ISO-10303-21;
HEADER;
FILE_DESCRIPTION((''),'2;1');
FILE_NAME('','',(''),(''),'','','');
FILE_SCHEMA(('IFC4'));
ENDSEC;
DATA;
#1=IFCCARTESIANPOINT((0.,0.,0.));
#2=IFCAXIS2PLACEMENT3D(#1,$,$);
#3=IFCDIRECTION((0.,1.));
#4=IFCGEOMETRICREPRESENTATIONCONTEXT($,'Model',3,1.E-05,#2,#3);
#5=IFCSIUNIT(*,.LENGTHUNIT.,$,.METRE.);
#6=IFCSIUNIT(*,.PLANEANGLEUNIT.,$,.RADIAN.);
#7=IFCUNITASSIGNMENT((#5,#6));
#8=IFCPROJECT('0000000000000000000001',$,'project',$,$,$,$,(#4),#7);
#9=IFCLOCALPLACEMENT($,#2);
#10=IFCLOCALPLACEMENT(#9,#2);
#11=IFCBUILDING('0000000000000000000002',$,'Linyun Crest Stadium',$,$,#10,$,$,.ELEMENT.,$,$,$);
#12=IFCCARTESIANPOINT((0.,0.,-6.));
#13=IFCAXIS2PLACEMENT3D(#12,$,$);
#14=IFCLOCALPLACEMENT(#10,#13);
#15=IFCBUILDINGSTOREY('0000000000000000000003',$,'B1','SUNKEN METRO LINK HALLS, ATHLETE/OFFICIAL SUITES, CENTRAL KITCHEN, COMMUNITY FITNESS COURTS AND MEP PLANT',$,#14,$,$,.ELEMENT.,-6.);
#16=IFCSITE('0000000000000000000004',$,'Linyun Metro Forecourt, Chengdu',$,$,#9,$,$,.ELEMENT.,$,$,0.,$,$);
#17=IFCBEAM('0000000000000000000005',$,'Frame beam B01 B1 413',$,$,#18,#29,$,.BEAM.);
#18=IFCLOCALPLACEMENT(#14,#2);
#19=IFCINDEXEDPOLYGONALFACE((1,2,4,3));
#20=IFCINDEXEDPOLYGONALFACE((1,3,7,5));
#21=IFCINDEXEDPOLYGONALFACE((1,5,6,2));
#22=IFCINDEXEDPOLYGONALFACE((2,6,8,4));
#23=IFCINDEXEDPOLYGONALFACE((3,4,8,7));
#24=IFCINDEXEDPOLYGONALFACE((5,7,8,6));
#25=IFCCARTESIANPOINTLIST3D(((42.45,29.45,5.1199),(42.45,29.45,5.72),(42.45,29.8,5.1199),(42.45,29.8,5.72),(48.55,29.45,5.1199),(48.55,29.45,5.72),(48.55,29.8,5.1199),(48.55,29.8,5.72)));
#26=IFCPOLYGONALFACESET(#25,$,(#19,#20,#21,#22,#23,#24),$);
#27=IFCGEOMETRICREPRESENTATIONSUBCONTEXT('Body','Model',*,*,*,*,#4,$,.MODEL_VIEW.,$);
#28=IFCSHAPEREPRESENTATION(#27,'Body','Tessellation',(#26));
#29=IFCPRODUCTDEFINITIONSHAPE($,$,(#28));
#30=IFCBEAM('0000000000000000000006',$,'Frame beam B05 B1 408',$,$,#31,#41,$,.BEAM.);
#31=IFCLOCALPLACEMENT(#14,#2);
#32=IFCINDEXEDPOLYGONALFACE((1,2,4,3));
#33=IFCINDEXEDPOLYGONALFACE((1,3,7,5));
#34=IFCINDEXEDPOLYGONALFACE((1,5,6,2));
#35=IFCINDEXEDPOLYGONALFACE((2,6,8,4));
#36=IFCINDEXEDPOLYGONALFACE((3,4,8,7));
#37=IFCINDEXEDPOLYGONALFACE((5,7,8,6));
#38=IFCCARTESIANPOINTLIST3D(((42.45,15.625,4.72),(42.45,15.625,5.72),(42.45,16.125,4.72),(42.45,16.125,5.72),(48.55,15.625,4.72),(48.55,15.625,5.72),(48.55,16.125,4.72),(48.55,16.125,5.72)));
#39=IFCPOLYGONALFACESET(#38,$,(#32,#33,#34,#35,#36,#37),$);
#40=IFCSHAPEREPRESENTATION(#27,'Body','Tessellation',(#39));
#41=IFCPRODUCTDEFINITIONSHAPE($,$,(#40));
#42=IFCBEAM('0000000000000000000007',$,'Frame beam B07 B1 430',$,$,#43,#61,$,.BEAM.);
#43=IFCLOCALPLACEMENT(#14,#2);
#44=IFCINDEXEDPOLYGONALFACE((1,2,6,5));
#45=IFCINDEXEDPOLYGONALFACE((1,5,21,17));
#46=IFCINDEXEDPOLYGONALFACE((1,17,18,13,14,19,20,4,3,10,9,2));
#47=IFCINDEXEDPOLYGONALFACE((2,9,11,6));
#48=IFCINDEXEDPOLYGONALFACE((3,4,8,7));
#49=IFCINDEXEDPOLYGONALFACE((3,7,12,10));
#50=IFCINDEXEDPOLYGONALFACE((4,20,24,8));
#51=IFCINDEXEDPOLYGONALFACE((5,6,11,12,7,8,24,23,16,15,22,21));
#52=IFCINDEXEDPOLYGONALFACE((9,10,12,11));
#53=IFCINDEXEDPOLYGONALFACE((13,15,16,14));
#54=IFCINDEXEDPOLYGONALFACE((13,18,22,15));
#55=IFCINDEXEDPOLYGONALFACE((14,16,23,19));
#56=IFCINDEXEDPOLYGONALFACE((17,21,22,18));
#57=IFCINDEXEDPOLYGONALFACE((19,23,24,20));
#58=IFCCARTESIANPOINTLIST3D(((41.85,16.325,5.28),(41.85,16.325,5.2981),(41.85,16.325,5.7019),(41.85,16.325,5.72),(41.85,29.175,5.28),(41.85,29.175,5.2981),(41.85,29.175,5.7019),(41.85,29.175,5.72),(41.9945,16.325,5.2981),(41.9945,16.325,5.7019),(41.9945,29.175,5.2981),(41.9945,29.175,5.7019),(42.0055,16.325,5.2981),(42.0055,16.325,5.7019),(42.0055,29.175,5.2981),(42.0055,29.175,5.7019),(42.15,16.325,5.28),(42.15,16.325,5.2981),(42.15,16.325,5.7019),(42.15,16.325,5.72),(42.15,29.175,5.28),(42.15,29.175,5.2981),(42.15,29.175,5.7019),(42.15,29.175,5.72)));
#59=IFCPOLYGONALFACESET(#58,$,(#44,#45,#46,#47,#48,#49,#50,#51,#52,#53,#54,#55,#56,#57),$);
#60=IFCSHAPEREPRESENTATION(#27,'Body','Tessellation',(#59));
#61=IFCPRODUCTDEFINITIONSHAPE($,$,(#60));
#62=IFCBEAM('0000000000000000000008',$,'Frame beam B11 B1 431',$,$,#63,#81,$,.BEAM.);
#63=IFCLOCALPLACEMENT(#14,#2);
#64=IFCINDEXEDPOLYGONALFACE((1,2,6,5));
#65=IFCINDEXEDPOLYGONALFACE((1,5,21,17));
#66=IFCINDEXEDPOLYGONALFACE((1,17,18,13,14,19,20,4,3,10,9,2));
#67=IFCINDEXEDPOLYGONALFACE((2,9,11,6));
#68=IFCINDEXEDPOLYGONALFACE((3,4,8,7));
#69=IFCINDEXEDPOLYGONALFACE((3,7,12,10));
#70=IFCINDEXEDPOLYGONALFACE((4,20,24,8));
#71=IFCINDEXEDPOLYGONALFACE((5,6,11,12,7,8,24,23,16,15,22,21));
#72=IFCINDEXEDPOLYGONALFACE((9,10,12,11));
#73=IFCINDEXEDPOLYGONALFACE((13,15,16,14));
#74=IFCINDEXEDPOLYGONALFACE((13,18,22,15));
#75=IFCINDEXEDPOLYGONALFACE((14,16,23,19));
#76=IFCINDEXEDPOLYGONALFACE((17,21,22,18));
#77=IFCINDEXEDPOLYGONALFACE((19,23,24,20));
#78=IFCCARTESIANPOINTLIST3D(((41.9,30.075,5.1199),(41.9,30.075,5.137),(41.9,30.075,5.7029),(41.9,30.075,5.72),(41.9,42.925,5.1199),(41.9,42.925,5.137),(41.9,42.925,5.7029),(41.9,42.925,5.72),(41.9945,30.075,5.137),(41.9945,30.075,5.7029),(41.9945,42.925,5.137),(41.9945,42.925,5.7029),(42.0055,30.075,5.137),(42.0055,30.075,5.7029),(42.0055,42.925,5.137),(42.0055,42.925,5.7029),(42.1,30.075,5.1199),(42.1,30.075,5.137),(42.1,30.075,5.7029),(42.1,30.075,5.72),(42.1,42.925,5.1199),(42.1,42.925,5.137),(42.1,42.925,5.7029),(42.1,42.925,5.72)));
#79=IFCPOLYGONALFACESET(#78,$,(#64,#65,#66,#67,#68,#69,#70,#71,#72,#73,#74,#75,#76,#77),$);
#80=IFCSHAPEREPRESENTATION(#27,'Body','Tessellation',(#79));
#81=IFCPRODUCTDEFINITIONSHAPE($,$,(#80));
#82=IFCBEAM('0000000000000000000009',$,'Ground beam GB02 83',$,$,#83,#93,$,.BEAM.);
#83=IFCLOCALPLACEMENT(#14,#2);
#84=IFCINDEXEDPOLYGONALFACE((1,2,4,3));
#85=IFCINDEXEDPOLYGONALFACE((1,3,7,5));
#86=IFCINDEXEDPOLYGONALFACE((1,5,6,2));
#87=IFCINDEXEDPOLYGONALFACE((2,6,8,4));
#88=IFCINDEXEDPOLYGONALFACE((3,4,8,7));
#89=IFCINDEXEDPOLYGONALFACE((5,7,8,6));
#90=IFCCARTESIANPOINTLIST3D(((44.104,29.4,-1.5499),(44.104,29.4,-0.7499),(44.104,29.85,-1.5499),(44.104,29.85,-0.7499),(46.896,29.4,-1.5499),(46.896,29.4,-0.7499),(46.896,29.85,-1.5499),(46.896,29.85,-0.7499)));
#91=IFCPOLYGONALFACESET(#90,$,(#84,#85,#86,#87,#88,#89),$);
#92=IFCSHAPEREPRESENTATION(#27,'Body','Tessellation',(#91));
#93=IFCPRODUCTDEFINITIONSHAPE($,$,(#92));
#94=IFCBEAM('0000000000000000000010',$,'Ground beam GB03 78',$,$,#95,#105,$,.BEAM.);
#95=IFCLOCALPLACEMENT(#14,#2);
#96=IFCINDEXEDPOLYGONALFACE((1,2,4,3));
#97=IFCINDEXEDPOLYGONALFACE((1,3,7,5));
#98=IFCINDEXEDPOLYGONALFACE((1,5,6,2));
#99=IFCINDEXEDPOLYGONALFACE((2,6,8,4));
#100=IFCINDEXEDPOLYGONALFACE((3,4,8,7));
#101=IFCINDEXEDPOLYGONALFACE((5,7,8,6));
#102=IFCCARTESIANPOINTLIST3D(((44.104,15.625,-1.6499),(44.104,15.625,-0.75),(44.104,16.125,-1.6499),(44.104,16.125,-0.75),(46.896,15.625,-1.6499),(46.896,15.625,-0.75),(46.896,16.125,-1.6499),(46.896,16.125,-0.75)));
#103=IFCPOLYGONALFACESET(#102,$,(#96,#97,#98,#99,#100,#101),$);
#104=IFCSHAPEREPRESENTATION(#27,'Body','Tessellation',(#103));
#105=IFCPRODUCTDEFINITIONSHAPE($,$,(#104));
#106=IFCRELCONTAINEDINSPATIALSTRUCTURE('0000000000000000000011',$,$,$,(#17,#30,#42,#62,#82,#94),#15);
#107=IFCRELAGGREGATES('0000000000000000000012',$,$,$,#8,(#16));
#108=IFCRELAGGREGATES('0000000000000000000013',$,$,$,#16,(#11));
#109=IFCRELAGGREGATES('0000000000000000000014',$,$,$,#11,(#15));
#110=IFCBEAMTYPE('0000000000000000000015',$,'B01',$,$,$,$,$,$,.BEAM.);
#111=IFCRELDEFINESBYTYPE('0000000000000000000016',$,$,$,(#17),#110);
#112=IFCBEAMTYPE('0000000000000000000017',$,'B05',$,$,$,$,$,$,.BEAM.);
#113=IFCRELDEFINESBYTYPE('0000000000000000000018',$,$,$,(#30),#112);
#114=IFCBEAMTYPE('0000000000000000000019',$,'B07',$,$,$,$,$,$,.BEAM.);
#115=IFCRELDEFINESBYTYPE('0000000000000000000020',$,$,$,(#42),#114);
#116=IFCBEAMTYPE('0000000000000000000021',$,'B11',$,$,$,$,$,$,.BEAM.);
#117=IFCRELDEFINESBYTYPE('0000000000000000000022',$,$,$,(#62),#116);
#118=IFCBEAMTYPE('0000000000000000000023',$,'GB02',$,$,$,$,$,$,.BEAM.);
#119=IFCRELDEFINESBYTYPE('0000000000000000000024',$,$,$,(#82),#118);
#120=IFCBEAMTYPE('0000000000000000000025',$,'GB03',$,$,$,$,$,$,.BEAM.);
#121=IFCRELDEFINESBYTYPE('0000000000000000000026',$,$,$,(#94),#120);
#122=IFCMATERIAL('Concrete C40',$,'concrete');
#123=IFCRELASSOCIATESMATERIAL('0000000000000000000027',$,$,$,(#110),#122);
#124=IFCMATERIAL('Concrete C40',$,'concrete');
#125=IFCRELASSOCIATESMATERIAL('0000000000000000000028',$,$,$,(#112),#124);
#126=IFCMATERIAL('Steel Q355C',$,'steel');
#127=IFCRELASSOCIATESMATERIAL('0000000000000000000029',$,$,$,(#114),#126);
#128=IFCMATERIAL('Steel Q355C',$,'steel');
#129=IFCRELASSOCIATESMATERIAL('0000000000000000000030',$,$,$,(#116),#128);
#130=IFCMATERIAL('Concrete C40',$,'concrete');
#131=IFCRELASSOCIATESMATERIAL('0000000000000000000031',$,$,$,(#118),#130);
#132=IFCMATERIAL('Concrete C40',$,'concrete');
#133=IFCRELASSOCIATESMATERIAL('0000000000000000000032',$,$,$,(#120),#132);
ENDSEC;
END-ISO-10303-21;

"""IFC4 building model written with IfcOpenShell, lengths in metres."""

from ifc_helpers import new_model, si_unit, direction, frame, origin, origin_2d, place, context, subcontext, project, spatial, rectangle, i_section, extrude, material, material_profile, profile_set, type_object, element, save


model = new_model("IFC4")

# Units and contexts
model_context = context("Model", 3, precision=1e-05, world=origin(), true_north=direction((0.0, 1.0)))
body_context = subcontext(model_context, "Body", "Model", "MODEL_VIEW")
ifc_project = project(units=[si_unit("LENGTHUNIT", "METRE"), si_unit("PLANEANGLEUNIT", "RADIAN")], contexts=[model_context])

# Site, building, storey
site_placement = place(None, origin())
site = spatial("IfcSite", under=ifc_project, at=site_placement, Name="Linyun Metro Forecourt, Chengdu", CompositionType="ELEMENT", RefElevation=0.0)
building_placement = place(site_placement, origin())
building = spatial("IfcBuilding", under=site, at=building_placement, Name="Linyun Crest Stadium", CompositionType="ELEMENT")
storey_placement = place(building_placement, frame((0.0, 0.0, -6.0)))
storey = spatial("IfcBuildingStorey", under=building, at=storey_placement, Name="B1", Description="SUNKEN METRO LINK HALLS, ATHLETE/OFFICIAL SUITES, CENTRAL KITCHEN, COMMUNITY FITNESS COURTS AND MEP PLANT", CompositionType="ELEMENT", Elevation=-6.0)

# Beams
ifc_material_1 = material(Name="Concrete C40", Category="concrete")
ifc_material_profile_1 = material_profile(ifc_material_1, rectangle(XDim=0.3501, YDim=0.6001, at=origin_2d()), Name="RCB 600x350")
ifc_profile_set_1 = profile_set([ifc_material_profile_1], Name="Concrete C40")
beam_type_1 = type_object("IfcBeamType", Name="B01", PredefinedType="BEAM", material=ifc_profile_set_1)
beam_1_placement = place(storey_placement, frame((42.45, 29.625, 5.4199), z_axis=(1.0, 0.0, 0.0), x_axis=(0.0, 1.0, 0.0)))
element("IfcBeam", 1, at=beam_1_placement, inside=storey, type_object=beam_type_1, Name="Frame beam B01 B1 413", PredefinedType="BEAM", context=body_context, shape_type="SweptSolid", body=[
    extrude(rectangle(XDim=0.3501, YDim=0.6001, at=origin_2d()), origin(), (0.0, 0.0, 1.0), 6.1001),
])
ifc_material_2 = material(Name="Concrete C40", Category="concrete")
ifc_material_profile_2 = material_profile(ifc_material_2, rectangle(XDim=0.5, YDim=1.0, at=origin_2d()), Name="RCB 1000x500")
ifc_profile_set_2 = profile_set([ifc_material_profile_2], Name="Concrete C40")
beam_type_2 = type_object("IfcBeamType", Name="B05", PredefinedType="BEAM", material=ifc_profile_set_2)
beam_2_placement = place(storey_placement, frame((42.45, 15.875, 5.22), z_axis=(1.0, 0.0, 0.0), x_axis=(0.0, 1.0, 0.0)))
element("IfcBeam", 2, at=beam_2_placement, inside=storey, type_object=beam_type_2, Name="Frame beam B05 B1 408", PredefinedType="BEAM", context=body_context, shape_type="SweptSolid", body=[
    extrude(rectangle(XDim=0.5, YDim=1.0, at=origin_2d()), origin(), (0.0, 0.0, 1.0), 6.1001),
])
ifc_material_3 = material(Name="Steel Q355C", Category="steel")
ifc_material_profile_3 = material_profile(ifc_material_3, i_section(OverallWidth=0.3, OverallDepth=0.4399, WebThickness=0.011, FlangeThickness=0.0181, at=origin_2d()), Name="HM 440x300")
ifc_profile_set_3 = profile_set([ifc_material_profile_3], Name="Steel Q355C")
beam_type_3 = type_object("IfcBeamType", Name="B07", PredefinedType="BEAM", material=ifc_profile_set_3)
beam_3_placement = place(storey_placement, frame((42.0, 16.325, 5.5), z_axis=(0.0, 1.0, 0.0), x_axis=(-1.0, 0.0, 0.0)))
element("IfcBeam", 3, at=beam_3_placement, inside=storey, type_object=beam_type_3, Name="Frame beam B07 B1 430", PredefinedType="BEAM", context=body_context, shape_type="SweptSolid", body=[
    extrude(i_section(OverallWidth=0.3, OverallDepth=0.4399, WebThickness=0.011, FlangeThickness=0.0181, at=origin_2d()), origin(), (0.0, 0.0, 1.0), 12.8501),
])
ifc_material_4 = material(Name="Steel Q355C", Category="steel")
ifc_material_profile_4 = material_profile(ifc_material_4, i_section(OverallWidth=0.2, OverallDepth=0.6001, WebThickness=0.011, FlangeThickness=0.0171, at=origin_2d()), Name="HN 600x200")
ifc_profile_set_4 = profile_set([ifc_material_profile_4], Name="Steel Q355C")
beam_type_4 = type_object("IfcBeamType", Name="B11", PredefinedType="BEAM", material=ifc_profile_set_4)
beam_4_placement = place(storey_placement, frame((42.0, 30.075, 5.4199), z_axis=(0.0, 1.0, 0.0), x_axis=(-1.0, 0.0, 0.0)))
element("IfcBeam", 4, at=beam_4_placement, inside=storey, type_object=beam_type_4, Name="Frame beam B11 B1 431", PredefinedType="BEAM", context=body_context, shape_type="SweptSolid", body=[
    extrude(i_section(OverallWidth=0.2, OverallDepth=0.6001, WebThickness=0.011, FlangeThickness=0.0171, at=origin_2d()), origin(), (0.0, 0.0, 1.0), 12.8501),
])
ifc_material_5 = material(Name="Concrete C40", Category="concrete")
ifc_material_profile_5 = material_profile(ifc_material_5, rectangle(XDim=0.45, YDim=0.8, at=origin_2d()), Name="RCB 800x450")
ifc_profile_set_5 = profile_set([ifc_material_profile_5], Name="Concrete C40")
beam_type_5 = type_object("IfcBeamType", Name="GB02", PredefinedType="BEAM", material=ifc_profile_set_5)
beam_5_placement = place(storey_placement, frame((44.104, 29.625, -1.1499), z_axis=(1.0, 0.0, 0.0), x_axis=(0.0, 1.0, 0.0)))
element("IfcBeam", 5, at=beam_5_placement, inside=storey, type_object=beam_type_5, Name="Ground beam GB02 83", PredefinedType="BEAM", context=body_context, shape_type="SweptSolid", body=[
    extrude(rectangle(XDim=0.45, YDim=0.8, at=origin_2d()), origin(), (0.0, 0.0, 1.0), 2.792),
])
ifc_material_6 = material(Name="Concrete C40", Category="concrete")
ifc_material_profile_6 = material_profile(ifc_material_6, rectangle(XDim=0.5, YDim=0.8999, at=origin_2d()), Name="RCB 900x500")
ifc_profile_set_6 = profile_set([ifc_material_profile_6], Name="Concrete C40")
beam_type_6 = type_object("IfcBeamType", Name="GB03", PredefinedType="BEAM", material=ifc_profile_set_6)
beam_6_placement = place(storey_placement, frame((44.104, 15.875, -1.2), z_axis=(1.0, 0.0, 0.0), x_axis=(0.0, 1.0, 0.0)))
element("IfcBeam", 6, at=beam_6_placement, inside=storey, type_object=beam_type_6, Name="Ground beam GB03 78", PredefinedType="BEAM", context=body_context, shape_type="SweptSolid", body=[
    extrude(rectangle(XDim=0.5, YDim=0.8999, at=origin_2d()), origin(), (0.0, 0.0, 1.0), 2.792),
])

save(model, "model.ifc")
